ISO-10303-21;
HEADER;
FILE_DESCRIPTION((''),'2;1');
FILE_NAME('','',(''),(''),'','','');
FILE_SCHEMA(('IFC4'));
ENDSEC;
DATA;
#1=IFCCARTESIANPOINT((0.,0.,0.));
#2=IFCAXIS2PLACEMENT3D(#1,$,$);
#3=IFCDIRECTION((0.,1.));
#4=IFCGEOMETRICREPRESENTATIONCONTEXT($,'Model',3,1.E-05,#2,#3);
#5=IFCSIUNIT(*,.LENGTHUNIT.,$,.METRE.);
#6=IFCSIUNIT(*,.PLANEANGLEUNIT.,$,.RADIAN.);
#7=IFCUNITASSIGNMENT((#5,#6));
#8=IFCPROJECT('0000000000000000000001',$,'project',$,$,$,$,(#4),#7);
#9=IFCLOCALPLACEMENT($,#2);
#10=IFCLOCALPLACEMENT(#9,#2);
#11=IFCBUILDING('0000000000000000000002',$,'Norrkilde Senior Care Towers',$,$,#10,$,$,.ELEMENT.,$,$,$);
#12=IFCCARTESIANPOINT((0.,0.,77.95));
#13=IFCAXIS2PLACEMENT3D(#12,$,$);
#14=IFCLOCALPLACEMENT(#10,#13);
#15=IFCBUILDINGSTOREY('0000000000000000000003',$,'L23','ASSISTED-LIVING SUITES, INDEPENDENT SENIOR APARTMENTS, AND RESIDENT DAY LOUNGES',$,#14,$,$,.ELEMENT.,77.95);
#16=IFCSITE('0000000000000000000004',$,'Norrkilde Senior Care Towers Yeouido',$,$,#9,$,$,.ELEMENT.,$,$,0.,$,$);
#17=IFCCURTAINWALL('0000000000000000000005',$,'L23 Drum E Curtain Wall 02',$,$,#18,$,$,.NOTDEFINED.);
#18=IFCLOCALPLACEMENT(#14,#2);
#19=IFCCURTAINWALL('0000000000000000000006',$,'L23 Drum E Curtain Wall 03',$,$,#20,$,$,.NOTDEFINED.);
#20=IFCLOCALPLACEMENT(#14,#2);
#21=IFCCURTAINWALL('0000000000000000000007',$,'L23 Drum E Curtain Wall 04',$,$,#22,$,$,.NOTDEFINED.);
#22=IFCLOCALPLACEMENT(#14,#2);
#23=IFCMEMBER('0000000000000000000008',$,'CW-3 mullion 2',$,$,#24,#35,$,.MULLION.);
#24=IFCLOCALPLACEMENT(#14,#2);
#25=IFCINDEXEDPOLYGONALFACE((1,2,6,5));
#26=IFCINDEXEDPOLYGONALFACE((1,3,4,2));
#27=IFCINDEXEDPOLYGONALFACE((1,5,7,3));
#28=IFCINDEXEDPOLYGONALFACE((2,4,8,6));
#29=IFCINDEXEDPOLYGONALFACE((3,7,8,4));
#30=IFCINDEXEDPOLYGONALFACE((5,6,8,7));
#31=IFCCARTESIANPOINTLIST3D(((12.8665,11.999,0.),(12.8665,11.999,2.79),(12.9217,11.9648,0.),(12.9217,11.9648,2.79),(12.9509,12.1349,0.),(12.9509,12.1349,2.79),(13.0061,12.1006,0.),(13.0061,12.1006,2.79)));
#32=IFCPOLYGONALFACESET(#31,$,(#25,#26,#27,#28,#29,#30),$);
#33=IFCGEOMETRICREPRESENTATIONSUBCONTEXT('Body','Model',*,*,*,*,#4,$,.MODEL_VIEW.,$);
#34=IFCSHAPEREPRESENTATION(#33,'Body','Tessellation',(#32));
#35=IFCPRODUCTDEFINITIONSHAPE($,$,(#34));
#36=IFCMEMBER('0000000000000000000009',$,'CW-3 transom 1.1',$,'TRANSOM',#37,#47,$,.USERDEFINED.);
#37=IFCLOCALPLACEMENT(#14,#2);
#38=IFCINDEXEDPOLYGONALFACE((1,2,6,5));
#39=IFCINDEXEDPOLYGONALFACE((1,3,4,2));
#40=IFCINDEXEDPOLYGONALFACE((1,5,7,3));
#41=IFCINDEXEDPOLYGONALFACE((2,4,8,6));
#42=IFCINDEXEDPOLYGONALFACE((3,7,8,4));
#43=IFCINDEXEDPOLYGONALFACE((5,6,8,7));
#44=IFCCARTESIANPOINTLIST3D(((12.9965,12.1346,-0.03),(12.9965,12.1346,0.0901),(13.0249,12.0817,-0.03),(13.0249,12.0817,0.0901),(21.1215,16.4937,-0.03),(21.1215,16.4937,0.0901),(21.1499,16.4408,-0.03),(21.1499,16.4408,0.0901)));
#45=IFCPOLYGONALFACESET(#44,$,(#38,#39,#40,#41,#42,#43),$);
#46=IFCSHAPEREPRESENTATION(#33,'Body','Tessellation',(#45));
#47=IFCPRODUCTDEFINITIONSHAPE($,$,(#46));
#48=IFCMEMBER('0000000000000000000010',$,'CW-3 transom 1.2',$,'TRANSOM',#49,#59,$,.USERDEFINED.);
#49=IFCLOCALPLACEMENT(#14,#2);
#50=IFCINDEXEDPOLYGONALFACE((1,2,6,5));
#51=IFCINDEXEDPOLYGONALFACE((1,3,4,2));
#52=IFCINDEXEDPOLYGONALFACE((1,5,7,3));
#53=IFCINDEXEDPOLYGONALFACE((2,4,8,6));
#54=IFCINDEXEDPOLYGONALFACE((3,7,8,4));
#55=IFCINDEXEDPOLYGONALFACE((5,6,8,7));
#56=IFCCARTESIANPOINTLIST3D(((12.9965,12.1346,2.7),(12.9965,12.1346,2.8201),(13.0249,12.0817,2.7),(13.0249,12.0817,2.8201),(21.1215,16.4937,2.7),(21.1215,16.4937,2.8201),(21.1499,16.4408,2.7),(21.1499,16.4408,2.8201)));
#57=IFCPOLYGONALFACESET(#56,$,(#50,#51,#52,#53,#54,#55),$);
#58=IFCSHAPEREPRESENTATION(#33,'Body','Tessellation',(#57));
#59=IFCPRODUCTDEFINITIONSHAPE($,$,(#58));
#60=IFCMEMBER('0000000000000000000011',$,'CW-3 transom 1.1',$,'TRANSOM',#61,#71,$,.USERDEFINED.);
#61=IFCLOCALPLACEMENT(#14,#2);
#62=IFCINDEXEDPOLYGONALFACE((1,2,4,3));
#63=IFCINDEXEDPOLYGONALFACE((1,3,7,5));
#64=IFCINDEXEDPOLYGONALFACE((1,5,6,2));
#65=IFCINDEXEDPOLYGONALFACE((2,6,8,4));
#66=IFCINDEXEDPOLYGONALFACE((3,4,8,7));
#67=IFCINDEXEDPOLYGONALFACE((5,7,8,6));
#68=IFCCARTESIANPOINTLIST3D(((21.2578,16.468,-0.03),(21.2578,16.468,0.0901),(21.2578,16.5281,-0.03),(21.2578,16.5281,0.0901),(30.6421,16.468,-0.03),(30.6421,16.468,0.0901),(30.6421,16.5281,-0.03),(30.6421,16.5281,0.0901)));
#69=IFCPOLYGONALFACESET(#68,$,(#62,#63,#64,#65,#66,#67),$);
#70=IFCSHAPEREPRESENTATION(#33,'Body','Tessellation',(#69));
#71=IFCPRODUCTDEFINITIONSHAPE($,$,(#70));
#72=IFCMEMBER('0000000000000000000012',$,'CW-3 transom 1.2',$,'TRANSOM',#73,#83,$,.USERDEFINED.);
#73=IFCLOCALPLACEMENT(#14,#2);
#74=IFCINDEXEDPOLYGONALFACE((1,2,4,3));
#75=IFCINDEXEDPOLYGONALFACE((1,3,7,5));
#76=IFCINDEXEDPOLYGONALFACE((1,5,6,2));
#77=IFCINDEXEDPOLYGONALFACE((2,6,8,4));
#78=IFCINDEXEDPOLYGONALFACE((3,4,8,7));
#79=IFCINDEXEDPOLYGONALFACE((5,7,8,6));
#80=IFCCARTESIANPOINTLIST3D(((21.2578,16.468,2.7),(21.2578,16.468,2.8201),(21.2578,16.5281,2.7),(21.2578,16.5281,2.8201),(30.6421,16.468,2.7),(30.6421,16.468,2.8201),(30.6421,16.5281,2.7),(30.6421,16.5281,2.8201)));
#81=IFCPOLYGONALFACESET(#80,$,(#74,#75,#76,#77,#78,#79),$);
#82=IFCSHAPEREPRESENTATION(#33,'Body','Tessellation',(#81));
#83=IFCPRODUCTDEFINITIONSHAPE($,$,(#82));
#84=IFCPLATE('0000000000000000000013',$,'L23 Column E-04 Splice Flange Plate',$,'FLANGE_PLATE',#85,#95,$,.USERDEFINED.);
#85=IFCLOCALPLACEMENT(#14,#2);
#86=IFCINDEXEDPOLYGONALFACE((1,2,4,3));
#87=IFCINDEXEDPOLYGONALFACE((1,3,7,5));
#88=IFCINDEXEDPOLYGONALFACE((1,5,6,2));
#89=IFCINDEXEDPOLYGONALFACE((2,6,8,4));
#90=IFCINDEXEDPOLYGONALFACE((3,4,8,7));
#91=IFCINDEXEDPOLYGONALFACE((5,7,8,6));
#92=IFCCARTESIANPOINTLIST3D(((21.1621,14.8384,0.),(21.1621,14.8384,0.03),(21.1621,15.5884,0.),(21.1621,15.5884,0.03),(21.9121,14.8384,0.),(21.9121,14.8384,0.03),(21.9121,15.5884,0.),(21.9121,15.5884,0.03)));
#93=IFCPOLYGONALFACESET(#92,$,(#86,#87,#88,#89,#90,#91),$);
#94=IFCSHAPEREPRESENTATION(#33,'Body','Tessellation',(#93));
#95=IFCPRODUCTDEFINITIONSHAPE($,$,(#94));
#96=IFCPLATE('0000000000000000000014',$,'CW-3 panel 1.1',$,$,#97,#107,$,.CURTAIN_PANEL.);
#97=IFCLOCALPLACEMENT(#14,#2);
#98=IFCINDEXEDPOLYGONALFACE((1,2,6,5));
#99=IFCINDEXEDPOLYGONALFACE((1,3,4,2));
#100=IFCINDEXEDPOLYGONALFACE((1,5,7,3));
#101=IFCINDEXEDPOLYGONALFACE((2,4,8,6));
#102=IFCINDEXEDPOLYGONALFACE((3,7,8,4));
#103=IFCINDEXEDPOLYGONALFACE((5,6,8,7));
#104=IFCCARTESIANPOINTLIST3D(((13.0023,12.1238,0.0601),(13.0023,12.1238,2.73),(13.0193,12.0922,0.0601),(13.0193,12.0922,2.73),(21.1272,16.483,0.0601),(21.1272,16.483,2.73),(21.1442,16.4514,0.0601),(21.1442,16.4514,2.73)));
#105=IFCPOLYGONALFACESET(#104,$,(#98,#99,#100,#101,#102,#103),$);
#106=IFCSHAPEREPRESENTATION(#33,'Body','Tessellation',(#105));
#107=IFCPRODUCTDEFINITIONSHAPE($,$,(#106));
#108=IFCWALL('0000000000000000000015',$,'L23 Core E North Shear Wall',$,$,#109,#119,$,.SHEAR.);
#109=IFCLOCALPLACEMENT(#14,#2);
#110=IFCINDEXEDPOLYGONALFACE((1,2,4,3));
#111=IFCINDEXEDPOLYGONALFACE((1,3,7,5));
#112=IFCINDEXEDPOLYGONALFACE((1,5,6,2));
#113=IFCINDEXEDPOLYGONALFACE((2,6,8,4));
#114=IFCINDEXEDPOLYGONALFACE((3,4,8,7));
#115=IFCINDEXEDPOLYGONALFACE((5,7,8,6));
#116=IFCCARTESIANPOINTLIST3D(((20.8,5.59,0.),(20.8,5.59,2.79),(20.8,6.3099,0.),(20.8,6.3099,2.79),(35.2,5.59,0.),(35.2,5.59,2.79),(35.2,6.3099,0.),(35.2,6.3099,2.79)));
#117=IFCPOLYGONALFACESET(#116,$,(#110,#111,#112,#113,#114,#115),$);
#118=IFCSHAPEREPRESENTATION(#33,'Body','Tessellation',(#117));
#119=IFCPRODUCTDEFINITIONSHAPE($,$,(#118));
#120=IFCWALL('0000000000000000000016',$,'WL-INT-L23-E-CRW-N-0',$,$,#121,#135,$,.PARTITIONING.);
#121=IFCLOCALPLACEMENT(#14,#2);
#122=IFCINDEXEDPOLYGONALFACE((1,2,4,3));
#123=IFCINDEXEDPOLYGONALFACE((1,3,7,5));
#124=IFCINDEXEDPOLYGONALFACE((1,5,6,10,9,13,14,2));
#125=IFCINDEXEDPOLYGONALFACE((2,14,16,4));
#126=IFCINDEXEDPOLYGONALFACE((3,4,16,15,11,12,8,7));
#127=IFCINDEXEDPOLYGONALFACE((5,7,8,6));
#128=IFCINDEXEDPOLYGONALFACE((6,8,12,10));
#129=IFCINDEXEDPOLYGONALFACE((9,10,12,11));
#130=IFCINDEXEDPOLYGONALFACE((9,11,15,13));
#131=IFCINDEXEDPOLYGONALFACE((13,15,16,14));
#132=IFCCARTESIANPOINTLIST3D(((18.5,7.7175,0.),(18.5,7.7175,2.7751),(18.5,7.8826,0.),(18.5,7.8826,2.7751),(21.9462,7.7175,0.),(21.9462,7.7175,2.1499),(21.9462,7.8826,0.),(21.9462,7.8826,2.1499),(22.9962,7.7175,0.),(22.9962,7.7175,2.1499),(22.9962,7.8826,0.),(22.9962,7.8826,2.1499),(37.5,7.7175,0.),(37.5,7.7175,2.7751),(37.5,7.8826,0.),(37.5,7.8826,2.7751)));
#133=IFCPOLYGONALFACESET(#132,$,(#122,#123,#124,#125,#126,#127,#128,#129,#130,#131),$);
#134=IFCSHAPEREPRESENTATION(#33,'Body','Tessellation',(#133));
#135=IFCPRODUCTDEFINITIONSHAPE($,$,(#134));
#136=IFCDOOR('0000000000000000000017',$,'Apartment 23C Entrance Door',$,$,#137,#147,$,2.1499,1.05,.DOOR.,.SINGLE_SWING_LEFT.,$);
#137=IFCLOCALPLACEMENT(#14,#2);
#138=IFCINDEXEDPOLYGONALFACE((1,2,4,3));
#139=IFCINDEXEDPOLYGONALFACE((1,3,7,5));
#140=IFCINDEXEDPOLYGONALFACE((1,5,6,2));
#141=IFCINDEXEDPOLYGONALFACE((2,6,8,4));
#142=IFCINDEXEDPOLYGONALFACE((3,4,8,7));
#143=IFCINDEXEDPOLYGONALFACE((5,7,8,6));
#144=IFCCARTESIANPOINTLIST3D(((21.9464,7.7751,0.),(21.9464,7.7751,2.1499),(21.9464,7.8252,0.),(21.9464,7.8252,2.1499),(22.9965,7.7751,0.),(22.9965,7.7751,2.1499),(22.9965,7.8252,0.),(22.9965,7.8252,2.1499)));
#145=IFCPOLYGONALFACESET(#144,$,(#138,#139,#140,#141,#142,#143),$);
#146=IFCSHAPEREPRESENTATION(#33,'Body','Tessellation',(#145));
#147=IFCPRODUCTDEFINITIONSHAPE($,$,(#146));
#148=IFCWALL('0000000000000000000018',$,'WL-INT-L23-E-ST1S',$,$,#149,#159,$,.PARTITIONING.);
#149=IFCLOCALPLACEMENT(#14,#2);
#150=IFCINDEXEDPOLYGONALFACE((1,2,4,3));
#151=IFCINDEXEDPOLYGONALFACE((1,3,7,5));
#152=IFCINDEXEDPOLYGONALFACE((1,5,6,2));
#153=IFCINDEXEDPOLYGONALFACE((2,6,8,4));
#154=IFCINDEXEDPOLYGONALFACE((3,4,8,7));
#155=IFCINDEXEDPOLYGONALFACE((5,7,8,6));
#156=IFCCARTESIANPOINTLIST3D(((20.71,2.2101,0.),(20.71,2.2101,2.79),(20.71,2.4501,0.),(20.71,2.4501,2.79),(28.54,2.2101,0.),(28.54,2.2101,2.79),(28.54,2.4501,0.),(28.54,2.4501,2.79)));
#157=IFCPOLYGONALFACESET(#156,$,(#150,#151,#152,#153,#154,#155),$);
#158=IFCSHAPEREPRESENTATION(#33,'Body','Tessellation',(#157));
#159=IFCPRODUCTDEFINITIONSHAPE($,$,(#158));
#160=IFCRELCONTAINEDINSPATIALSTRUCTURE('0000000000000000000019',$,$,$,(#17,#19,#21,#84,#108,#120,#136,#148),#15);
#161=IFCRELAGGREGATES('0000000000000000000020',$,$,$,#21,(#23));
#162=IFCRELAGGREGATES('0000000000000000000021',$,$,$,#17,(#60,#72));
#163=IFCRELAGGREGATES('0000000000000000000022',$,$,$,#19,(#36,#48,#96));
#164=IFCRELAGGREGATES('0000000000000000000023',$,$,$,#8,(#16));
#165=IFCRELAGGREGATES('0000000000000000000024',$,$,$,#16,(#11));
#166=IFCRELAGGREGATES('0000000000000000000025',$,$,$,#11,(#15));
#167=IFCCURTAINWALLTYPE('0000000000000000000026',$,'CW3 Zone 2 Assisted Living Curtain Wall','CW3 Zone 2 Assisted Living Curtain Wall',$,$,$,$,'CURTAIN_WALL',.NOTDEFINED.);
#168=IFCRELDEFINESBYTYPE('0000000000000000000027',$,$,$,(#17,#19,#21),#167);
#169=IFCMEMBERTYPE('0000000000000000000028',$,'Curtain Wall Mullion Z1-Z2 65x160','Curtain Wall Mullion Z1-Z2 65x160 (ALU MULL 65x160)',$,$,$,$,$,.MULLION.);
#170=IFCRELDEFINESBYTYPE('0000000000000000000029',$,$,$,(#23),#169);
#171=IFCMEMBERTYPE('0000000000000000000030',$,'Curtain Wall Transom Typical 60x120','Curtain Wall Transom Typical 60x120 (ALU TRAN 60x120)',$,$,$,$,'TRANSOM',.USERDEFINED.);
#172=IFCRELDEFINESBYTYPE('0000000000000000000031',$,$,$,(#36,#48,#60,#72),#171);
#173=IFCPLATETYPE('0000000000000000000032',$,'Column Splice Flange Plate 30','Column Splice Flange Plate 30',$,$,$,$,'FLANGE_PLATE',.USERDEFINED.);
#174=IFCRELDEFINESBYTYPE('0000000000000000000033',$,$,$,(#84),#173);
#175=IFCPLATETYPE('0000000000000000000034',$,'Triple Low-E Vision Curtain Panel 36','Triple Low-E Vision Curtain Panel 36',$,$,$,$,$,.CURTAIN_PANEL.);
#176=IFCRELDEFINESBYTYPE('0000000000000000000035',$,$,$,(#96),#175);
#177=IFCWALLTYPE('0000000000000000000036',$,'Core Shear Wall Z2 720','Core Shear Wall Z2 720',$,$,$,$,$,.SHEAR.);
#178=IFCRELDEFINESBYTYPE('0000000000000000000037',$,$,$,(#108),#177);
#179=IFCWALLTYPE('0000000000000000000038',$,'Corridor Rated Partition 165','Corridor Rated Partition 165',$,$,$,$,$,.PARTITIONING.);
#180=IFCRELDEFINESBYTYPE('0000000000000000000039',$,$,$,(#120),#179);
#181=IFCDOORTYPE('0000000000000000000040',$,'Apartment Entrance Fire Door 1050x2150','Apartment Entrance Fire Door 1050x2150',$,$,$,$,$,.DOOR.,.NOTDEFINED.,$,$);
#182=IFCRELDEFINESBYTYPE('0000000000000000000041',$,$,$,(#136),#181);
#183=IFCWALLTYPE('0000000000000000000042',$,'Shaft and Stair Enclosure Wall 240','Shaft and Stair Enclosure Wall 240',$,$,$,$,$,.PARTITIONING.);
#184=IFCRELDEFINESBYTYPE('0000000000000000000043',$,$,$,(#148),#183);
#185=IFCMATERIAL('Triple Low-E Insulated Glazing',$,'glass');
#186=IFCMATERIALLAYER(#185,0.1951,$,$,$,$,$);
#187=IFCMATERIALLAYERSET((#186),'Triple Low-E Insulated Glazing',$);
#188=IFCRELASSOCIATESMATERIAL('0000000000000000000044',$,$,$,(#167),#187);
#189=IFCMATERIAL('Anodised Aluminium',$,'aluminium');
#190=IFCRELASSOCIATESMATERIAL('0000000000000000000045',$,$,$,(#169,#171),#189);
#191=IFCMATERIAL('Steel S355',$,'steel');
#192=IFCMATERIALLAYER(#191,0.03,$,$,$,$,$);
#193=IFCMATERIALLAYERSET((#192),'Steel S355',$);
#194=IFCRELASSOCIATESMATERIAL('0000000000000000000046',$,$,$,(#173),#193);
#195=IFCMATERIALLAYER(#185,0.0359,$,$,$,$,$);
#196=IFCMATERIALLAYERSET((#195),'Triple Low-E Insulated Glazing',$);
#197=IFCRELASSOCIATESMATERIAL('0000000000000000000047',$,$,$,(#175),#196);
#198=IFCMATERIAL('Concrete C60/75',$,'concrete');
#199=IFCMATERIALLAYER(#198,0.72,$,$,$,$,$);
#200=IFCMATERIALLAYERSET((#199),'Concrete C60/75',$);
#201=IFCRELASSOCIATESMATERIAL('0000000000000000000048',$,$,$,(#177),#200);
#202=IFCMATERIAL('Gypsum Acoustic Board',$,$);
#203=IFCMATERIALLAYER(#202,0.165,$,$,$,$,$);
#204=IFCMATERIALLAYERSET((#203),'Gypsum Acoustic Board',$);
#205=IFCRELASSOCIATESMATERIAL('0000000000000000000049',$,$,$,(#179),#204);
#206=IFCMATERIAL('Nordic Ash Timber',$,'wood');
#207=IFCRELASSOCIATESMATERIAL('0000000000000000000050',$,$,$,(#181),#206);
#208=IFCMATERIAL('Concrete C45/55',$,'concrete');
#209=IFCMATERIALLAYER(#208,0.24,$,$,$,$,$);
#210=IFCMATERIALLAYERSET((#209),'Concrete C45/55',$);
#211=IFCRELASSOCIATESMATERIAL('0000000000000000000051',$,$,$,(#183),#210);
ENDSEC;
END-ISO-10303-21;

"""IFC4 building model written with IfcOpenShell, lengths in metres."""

from ifc_helpers import new_model, si_unit, direction, frame, frame_2d, origin, origin_2d, place, context, subcontext, project, spatial, rectangle, extrude, source, transform, mapped, material, layer, layer_set, material_profile, profile_set, type_object, type_shapes, element, fill, aggregate, save


model = new_model("IFC4")

# Units and contexts
model_context = context("Model", 3, precision=1e-05, world=origin(), true_north=direction((0.0, 1.0)))
body_context = subcontext(model_context, "Body", "Model", "MODEL_VIEW")
ifc_project = project(units=[si_unit("LENGTHUNIT", "METRE"), si_unit("PLANEANGLEUNIT", "RADIAN")], contexts=[model_context])

# Site, building, storey
site_placement = place(None, origin())
site = spatial("IfcSite", under=ifc_project, at=site_placement, Name="Norrkilde Senior Care Towers Yeouido", CompositionType="ELEMENT", RefElevation=0.0)
building_placement = place(site_placement, origin())
building = spatial("IfcBuilding", under=site, at=building_placement, Name="Norrkilde Senior Care Towers", CompositionType="ELEMENT")
storey_placement = place(building_placement, frame((0.0, 0.0, 77.95)))
storey = spatial("IfcBuildingStorey", under=building, at=storey_placement, Name="L23", Description="ASSISTED-LIVING SUITES, INDEPENDENT SENIOR APARTMENTS, AND RESIDENT DAY LOUNGES", CompositionType="ELEMENT", Elevation=77.95)

# Shared definitions
ifc_material_1 = material(Name="Concrete C60/75", Category="concrete")

# Shared definitions
ifc_material_2 = material(Name="Steel S355", Category="steel")

# Curtain wall
ifc_material_3 = material(Name="Triple Low-E Insulated Glazing", Category="glass")
ifc_layer_1 = layer(ifc_material_3, 0.1951)
ifc_layer_set_1 = layer_set([ifc_layer_1], Name="Triple Low-E Insulated Glazing")
curtain_wall_type = type_object("IfcCurtainWallType", Name="CW3 Zone 2 Assisted Living Curtain Wall", Description="CW3 Zone 2 Assisted Living Curtain Wall", ElementType="CURTAIN_WALL", PredefinedType="NOTDEFINED", material=ifc_layer_set_1)
curtain_wall_1_placement = place(storey_placement, origin())
curtain_wall_1 = element("IfcCurtainWall", 1, at=curtain_wall_1_placement, inside=storey, type_object=curtain_wall_type, Name="L23 Drum E Curtain Wall 02", PredefinedType="NOTDEFINED")
ifc_material_4 = material(Name="Anodised Aluminium", Category="aluminium")
ifc_material_profile_1 = material_profile(ifc_material_4, rectangle(XDim=0.0649, YDim=0.1599, at=origin_2d()), Name="ALU MULL 65x160")
ifc_profile_set_1 = profile_set([ifc_material_profile_1], Name="Anodised Aluminium")
member_type_1 = type_object("IfcMemberType", Name="Curtain Wall Mullion Z1-Z2 65x160", Description="Curtain Wall Mullion Z1-Z2 65x160 (ALU MULL 65x160)", PredefinedType="MULLION", material=ifc_profile_set_1)
shared_shape_1 = source(origin(), body_context, "Body", "SweptSolid", [
    extrude(rectangle(XDim=0.0649, YDim=0.1599, at=origin_2d()), origin(), (0.0, 0.0, 1.0), 2.79),
])
type_shapes(member_type_1, [shared_shape_1])

# Curtain wall
curtain_wall_2_placement = place(storey_placement, origin())
curtain_wall_2 = element("IfcCurtainWall", 2, at=curtain_wall_2_placement, inside=storey, type_object=curtain_wall_type, Name="L23 Drum E Curtain Wall 03", PredefinedType="NOTDEFINED")

# Curtain wall, member
curtain_wall_3_placement = place(storey_placement, origin())
curtain_wall_3 = element("IfcCurtainWall", 3, at=curtain_wall_3_placement, inside=storey, type_object=curtain_wall_type, Name="L23 Drum E Curtain Wall 04", PredefinedType="NOTDEFINED")
member_1_placement = place(storey_placement, frame((12.9363, 12.0498, 0.0), z_axis=(0.0, 0.0, 1.0), x_axis=(-0.84941, 0.527733, 0.0)))
member_1 = element("IfcMember", 4, at=member_1_placement, type_object=member_type_1, Name="CW-3 mullion 2", PredefinedType="MULLION", context=body_context, shape_type="MappedRepresentation", body=[
    mapped(shared_shape_1, transform((0.0, 0.0, 0.0), x_axis=(1.0, 0.0, 0.0), y_axis=(0.0, 1.0, 0.0), z_axis=(0.0, 0.0, 1.0), scale=1.0)),
])
aggregate(curtain_wall_3, [member_1])

# Members
ifc_material_profile_2 = material_profile(ifc_material_4, rectangle(XDim=0.0601, YDim=0.1201, at=origin_2d()), Name="ALU TRAN 60x120")
ifc_profile_set_2 = profile_set([ifc_material_profile_2], Name="Anodised Aluminium")
member_type_2 = type_object("IfcMemberType", Name="Curtain Wall Transom Typical 60x120", Description="Curtain Wall Transom Typical 60x120 (ALU TRAN 60x120)", ElementType="TRANSOM", PredefinedType="USERDEFINED", material=ifc_profile_set_2)
shared_shape_2 = source(origin(), body_context, "Body", "SweptSolid", [
    extrude(rectangle(XDim=0.0601, YDim=0.1201, at=origin_2d()), origin(), (0.0, 0.0, 1.0), 9.2205),
])
member_2_placement = place(storey_placement, frame((13.0107, 12.1082, 0.03), z_axis=(0.881189, 0.472765, 0.0), x_axis=(-0.472765, 0.881189, 0.0)))
member_2 = element("IfcMember", 5, at=member_2_placement, type_object=member_type_2, Name="CW-3 transom 1.1", ObjectType="TRANSOM", PredefinedType="USERDEFINED", context=body_context, shape_type="MappedRepresentation", body=[
    mapped(shared_shape_2, transform((0.0, 0.0, 0.0), x_axis=(1.0, 0.0, 0.0), y_axis=(0.0, 1.0, 0.0), z_axis=(0.0, 0.0, 1.0), scale=1.0)),
])
member_3_placement = place(storey_placement, frame((13.0107, 12.1082, 2.76), z_axis=(0.881189, 0.472765, 0.0), x_axis=(-0.472765, 0.881189, 0.0)))
member_3 = element("IfcMember", 6, at=member_3_placement, type_object=member_type_2, Name="CW-3 transom 1.2", ObjectType="TRANSOM", PredefinedType="USERDEFINED", context=body_context, shape_type="MappedRepresentation", body=[
    mapped(shared_shape_2, transform((0.0, 0.0, 0.0), x_axis=(1.0, 0.0, 0.0), y_axis=(0.0, 1.0, 0.0), z_axis=(0.0, 0.0, 1.0), scale=1.0)),
])
shared_shape_3 = source(origin(), body_context, "Body", "SweptSolid", [
    extrude(rectangle(XDim=0.0601, YDim=0.1201, at=origin_2d()), origin(), (0.0, 0.0, 1.0), 9.3843),
])
type_shapes(member_type_2, [shared_shape_2, shared_shape_3])
member_4_placement = place(storey_placement, frame((21.2578, 16.498, 0.03), z_axis=(1.0, 0.0, 0.0), x_axis=(0.0, 1.0, 0.0)))
member_4 = element("IfcMember", 7, at=member_4_placement, type_object=member_type_2, Name="CW-3 transom 1.1", ObjectType="TRANSOM", PredefinedType="USERDEFINED", context=body_context, shape_type="MappedRepresentation", body=[
    mapped(shared_shape_3, transform((0.0, 0.0, 0.0), x_axis=(1.0, 0.0, 0.0), y_axis=(0.0, 1.0, 0.0), z_axis=(0.0, 0.0, 1.0), scale=1.0)),
])
member_5_placement = place(storey_placement, frame((21.2578, 16.498, 2.76), z_axis=(1.0, 0.0, 0.0), x_axis=(0.0, 1.0, 0.0)))
member_5 = element("IfcMember", 8, at=member_5_placement, type_object=member_type_2, Name="CW-3 transom 1.2", ObjectType="TRANSOM", PredefinedType="USERDEFINED", context=body_context, shape_type="MappedRepresentation", body=[
    mapped(shared_shape_3, transform((0.0, 0.0, 0.0), x_axis=(1.0, 0.0, 0.0), y_axis=(0.0, 1.0, 0.0), z_axis=(0.0, 0.0, 1.0), scale=1.0)),
])
aggregate(curtain_wall_1, [member_4, member_5])

# Plates
ifc_layer_2 = layer(ifc_material_2, 0.03)
ifc_layer_set_2 = layer_set([ifc_layer_2], Name="Steel S355")
plate_type_1 = type_object("IfcPlateType", Name="Column Splice Flange Plate 30", Description="Column Splice Flange Plate 30", ElementType="FLANGE_PLATE", PredefinedType="USERDEFINED", material=ifc_layer_set_2)
shared_shape_4 = source(origin(), body_context, "Body", "SweptSolid", [
    extrude(rectangle(XDim=0.75, YDim=0.75, at=origin_2d()), origin(), (0.0, 0.0, 1.0), 0.03),
])
type_shapes(plate_type_1, [shared_shape_4])
plate_1_placement = place(storey_placement, frame((21.5371, 15.2134, 0.0), z_axis=(0.0, 0.0, 1.0), x_axis=(1.0, 0.0, 0.0)))
element("IfcPlate", 9, at=plate_1_placement, inside=storey, type_object=plate_type_1, Name="L23 Column E-04 Splice Flange Plate", ObjectType="FLANGE_PLATE", PredefinedType="USERDEFINED", context=body_context, shape_type="MappedRepresentation", body=[
    mapped(shared_shape_4, transform((0.0, 0.0, 0.0), x_axis=(1.0, 0.0, 0.0), y_axis=(0.0, 1.0, 0.0), z_axis=(0.0, 0.0, 1.0), scale=1.0)),
])
ifc_layer_3 = layer(ifc_material_3, 0.0359)
ifc_layer_set_3 = layer_set([ifc_layer_3], Name="Triple Low-E Insulated Glazing")
plate_type_2 = type_object("IfcPlateType", Name="Triple Low-E Vision Curtain Panel 36", Description="Triple Low-E Vision Curtain Panel 36", PredefinedType="CURTAIN_PANEL", material=ifc_layer_set_3)
shared_shape_5 = source(origin(), body_context, "Body", "SweptSolid", [
    extrude(rectangle(XDim=9.2205, YDim=0.0359, at=origin_2d()), origin(), (0.0, 0.0, 1.0), 2.6699),
])
type_shapes(plate_type_2, [shared_shape_5])
plate_2_placement = place(storey_placement, frame((17.0732, 14.2876, 0.0601), z_axis=(0.0, 0.0, 1.0), x_axis=(0.881186, 0.472769, 0.0)))
plate_2 = element("IfcPlate", 10, at=plate_2_placement, type_object=plate_type_2, Name="CW-3 panel 1.1", PredefinedType="CURTAIN_PANEL", context=body_context, shape_type="MappedRepresentation", body=[
    mapped(shared_shape_5, transform((0.0, 0.0, 0.0), x_axis=(1.0, 0.0, 0.0), y_axis=(0.0, 1.0, 0.0), z_axis=(0.0, 0.0, 1.0), scale=1.0)),
])
aggregate(curtain_wall_2, [member_2, member_3, plate_2])

# Wall
ifc_layer_4 = layer(ifc_material_1, 0.72)
ifc_layer_set_4 = layer_set([ifc_layer_4], Name="Concrete C60/75")
wall_type_1 = type_object("IfcWallType", Name="Core Shear Wall Z2 720", Description="Core Shear Wall Z2 720", PredefinedType="SHEAR", material=ifc_layer_set_4)
shared_shape_6 = source(origin(), body_context, "Body", "SweptSolid", [
    extrude(rectangle(XDim=14.3999, YDim=0.72, at=frame_2d((7.2, 0.0))), origin(), (0.0, 0.0, 1.0), 2.79),
])
type_shapes(wall_type_1, [shared_shape_6])
wall_1_placement = place(storey_placement, frame((20.8, 5.95, 0.0), z_axis=(0.0, 0.0, 1.0), x_axis=(1.0, 0.0, 0.0)))
element("IfcWall", 11, at=wall_1_placement, inside=storey, type_object=wall_type_1, Name="L23 Core E North Shear Wall", PredefinedType="SHEAR", context=body_context, shape_type="MappedRepresentation", body=[
    mapped(shared_shape_6, transform((0.0, 0.0, 0.0), x_axis=(1.0, 0.0, 0.0), y_axis=(0.0, 1.0, 0.0), z_axis=(0.0, 0.0, 1.0), scale=1.0)),
])

# Wall, opening, door
ifc_material_5 = material(Name="Gypsum Acoustic Board")
ifc_layer_5 = layer(ifc_material_5, 0.165)
ifc_layer_set_5 = layer_set([ifc_layer_5], Name="Gypsum Acoustic Board")
wall_type_2 = type_object("IfcWallType", Name="Corridor Rated Partition 165", Description="Corridor Rated Partition 165", PredefinedType="PARTITIONING", material=ifc_layer_set_5)
shared_shape_7 = source(origin(), body_context, "Body", "SweptSolid", [
    extrude(rectangle(XDim=19.0, YDim=0.165, at=frame_2d((9.5, 0.0))), origin(), (0.0, 0.0, 1.0), 2.7751),
])
type_shapes(wall_type_2, [shared_shape_7])
wall_2_placement = place(storey_placement, frame((18.5, 7.8, 0.0), z_axis=(0.0, 0.0, 1.0), x_axis=(1.0, 0.0, 0.0)))
wall_2 = element("IfcWall", 12, at=wall_2_placement, inside=storey, type_object=wall_type_2, Name="WL-INT-L23-E-CRW-N-0", PredefinedType="PARTITIONING", context=body_context, shape_type="MappedRepresentation", body=[
    mapped(shared_shape_7, transform((0.0, 0.0, 0.0), x_axis=(1.0, 0.0, 0.0), y_axis=(0.0, 1.0, 0.0), z_axis=(0.0, 0.0, 1.0), scale=1.0)),
])
opening_placement = place(wall_2_placement, frame((3.4463, 0.0, 0.0)))
opening = element("IfcOpeningElement", 13, at=opening_placement, cuts=wall_2, PredefinedType="OPENING", context=body_context, shape_type="SweptSolid", body=[
    extrude(rectangle(XDim=1.05, YDim=2.1499, at=frame_2d((0.5249, 1.075))), frame((0.0, 0.0925, 0.0), z_axis=(0.0, -1.0, 0.0), x_axis=(1.0, 0.0, 0.0)), (0.0, 0.0, 1.0), 0.1851),
])
ifc_material_6 = material(Name="Nordic Ash Timber", Category="wood")
door_type = type_object("IfcDoorType", Name="Apartment Entrance Fire Door 1050x2150", Description="Apartment Entrance Fire Door 1050x2150", OperationType="NOTDEFINED", PredefinedType="DOOR", material=ifc_material_6)
shared_shape_8 = source(origin(), body_context, "Body", "SweptSolid", [
    extrude(rectangle(XDim=1.05, YDim=2.1499, at=frame_2d((0.5249, 1.075))), frame((0.0, 0.0249, 0.0), z_axis=(0.0, -1.0, 0.0), x_axis=(1.0, 0.0, 0.0)), (0.0, 0.0, 1.0), 0.05),
])
type_shapes(door_type, [shared_shape_8])
door_placement = place(opening_placement, frame((1.05, 0.0, 0.0), z_axis=(0.0, 0.0, 1.0), x_axis=(-1.0, 0.0, 0.0)))
door = element("IfcDoor", 14, at=door_placement, inside=storey, type_object=door_type, Name="Apartment 23C Entrance Door", OperationType="SINGLE_SWING_LEFT", OverallHeight=2.1499, OverallWidth=1.05, PredefinedType="DOOR", context=body_context, shape_type="MappedRepresentation", body=[
    mapped(shared_shape_8, transform((0.0, 0.0, 0.0), x_axis=(1.0, 0.0, 0.0), y_axis=(0.0, 1.0, 0.0), z_axis=(0.0, 0.0, 1.0), scale=1.0)),
])
fill(opening, door)

# Wall
ifc_material_7 = material(Name="Concrete C45/55", Category="concrete")
ifc_layer_6 = layer(ifc_material_7, 0.24)
ifc_layer_set_6 = layer_set([ifc_layer_6], Name="Concrete C45/55")
wall_type_3 = type_object("IfcWallType", Name="Shaft and Stair Enclosure Wall 240", Description="Shaft and Stair Enclosure Wall 240", PredefinedType="PARTITIONING", material=ifc_layer_set_6)
shared_shape_9 = source(origin(), body_context, "Body", "SweptSolid", [
    extrude(rectangle(XDim=7.8301, YDim=0.24, at=frame_2d((3.915, 0.0))), origin(), (0.0, 0.0, 1.0), 2.79),
])
wall_3_placement = place(storey_placement, frame((20.71, 2.3301, 0.0), z_axis=(0.0, 0.0, 1.0), x_axis=(1.0, 0.0, 0.0)))
element("IfcWall", 15, at=wall_3_placement, inside=storey, type_object=wall_type_3, Name="WL-INT-L23-E-ST1S", PredefinedType="PARTITIONING", context=body_context, shape_type="MappedRepresentation", body=[
    mapped(shared_shape_9, transform((0.0, 0.0, 0.0), x_axis=(1.0, 0.0, 0.0), y_axis=(0.0, 1.0, 0.0), z_axis=(0.0, 0.0, 1.0), scale=1.0)),
])

save(model, "model.ifc")
